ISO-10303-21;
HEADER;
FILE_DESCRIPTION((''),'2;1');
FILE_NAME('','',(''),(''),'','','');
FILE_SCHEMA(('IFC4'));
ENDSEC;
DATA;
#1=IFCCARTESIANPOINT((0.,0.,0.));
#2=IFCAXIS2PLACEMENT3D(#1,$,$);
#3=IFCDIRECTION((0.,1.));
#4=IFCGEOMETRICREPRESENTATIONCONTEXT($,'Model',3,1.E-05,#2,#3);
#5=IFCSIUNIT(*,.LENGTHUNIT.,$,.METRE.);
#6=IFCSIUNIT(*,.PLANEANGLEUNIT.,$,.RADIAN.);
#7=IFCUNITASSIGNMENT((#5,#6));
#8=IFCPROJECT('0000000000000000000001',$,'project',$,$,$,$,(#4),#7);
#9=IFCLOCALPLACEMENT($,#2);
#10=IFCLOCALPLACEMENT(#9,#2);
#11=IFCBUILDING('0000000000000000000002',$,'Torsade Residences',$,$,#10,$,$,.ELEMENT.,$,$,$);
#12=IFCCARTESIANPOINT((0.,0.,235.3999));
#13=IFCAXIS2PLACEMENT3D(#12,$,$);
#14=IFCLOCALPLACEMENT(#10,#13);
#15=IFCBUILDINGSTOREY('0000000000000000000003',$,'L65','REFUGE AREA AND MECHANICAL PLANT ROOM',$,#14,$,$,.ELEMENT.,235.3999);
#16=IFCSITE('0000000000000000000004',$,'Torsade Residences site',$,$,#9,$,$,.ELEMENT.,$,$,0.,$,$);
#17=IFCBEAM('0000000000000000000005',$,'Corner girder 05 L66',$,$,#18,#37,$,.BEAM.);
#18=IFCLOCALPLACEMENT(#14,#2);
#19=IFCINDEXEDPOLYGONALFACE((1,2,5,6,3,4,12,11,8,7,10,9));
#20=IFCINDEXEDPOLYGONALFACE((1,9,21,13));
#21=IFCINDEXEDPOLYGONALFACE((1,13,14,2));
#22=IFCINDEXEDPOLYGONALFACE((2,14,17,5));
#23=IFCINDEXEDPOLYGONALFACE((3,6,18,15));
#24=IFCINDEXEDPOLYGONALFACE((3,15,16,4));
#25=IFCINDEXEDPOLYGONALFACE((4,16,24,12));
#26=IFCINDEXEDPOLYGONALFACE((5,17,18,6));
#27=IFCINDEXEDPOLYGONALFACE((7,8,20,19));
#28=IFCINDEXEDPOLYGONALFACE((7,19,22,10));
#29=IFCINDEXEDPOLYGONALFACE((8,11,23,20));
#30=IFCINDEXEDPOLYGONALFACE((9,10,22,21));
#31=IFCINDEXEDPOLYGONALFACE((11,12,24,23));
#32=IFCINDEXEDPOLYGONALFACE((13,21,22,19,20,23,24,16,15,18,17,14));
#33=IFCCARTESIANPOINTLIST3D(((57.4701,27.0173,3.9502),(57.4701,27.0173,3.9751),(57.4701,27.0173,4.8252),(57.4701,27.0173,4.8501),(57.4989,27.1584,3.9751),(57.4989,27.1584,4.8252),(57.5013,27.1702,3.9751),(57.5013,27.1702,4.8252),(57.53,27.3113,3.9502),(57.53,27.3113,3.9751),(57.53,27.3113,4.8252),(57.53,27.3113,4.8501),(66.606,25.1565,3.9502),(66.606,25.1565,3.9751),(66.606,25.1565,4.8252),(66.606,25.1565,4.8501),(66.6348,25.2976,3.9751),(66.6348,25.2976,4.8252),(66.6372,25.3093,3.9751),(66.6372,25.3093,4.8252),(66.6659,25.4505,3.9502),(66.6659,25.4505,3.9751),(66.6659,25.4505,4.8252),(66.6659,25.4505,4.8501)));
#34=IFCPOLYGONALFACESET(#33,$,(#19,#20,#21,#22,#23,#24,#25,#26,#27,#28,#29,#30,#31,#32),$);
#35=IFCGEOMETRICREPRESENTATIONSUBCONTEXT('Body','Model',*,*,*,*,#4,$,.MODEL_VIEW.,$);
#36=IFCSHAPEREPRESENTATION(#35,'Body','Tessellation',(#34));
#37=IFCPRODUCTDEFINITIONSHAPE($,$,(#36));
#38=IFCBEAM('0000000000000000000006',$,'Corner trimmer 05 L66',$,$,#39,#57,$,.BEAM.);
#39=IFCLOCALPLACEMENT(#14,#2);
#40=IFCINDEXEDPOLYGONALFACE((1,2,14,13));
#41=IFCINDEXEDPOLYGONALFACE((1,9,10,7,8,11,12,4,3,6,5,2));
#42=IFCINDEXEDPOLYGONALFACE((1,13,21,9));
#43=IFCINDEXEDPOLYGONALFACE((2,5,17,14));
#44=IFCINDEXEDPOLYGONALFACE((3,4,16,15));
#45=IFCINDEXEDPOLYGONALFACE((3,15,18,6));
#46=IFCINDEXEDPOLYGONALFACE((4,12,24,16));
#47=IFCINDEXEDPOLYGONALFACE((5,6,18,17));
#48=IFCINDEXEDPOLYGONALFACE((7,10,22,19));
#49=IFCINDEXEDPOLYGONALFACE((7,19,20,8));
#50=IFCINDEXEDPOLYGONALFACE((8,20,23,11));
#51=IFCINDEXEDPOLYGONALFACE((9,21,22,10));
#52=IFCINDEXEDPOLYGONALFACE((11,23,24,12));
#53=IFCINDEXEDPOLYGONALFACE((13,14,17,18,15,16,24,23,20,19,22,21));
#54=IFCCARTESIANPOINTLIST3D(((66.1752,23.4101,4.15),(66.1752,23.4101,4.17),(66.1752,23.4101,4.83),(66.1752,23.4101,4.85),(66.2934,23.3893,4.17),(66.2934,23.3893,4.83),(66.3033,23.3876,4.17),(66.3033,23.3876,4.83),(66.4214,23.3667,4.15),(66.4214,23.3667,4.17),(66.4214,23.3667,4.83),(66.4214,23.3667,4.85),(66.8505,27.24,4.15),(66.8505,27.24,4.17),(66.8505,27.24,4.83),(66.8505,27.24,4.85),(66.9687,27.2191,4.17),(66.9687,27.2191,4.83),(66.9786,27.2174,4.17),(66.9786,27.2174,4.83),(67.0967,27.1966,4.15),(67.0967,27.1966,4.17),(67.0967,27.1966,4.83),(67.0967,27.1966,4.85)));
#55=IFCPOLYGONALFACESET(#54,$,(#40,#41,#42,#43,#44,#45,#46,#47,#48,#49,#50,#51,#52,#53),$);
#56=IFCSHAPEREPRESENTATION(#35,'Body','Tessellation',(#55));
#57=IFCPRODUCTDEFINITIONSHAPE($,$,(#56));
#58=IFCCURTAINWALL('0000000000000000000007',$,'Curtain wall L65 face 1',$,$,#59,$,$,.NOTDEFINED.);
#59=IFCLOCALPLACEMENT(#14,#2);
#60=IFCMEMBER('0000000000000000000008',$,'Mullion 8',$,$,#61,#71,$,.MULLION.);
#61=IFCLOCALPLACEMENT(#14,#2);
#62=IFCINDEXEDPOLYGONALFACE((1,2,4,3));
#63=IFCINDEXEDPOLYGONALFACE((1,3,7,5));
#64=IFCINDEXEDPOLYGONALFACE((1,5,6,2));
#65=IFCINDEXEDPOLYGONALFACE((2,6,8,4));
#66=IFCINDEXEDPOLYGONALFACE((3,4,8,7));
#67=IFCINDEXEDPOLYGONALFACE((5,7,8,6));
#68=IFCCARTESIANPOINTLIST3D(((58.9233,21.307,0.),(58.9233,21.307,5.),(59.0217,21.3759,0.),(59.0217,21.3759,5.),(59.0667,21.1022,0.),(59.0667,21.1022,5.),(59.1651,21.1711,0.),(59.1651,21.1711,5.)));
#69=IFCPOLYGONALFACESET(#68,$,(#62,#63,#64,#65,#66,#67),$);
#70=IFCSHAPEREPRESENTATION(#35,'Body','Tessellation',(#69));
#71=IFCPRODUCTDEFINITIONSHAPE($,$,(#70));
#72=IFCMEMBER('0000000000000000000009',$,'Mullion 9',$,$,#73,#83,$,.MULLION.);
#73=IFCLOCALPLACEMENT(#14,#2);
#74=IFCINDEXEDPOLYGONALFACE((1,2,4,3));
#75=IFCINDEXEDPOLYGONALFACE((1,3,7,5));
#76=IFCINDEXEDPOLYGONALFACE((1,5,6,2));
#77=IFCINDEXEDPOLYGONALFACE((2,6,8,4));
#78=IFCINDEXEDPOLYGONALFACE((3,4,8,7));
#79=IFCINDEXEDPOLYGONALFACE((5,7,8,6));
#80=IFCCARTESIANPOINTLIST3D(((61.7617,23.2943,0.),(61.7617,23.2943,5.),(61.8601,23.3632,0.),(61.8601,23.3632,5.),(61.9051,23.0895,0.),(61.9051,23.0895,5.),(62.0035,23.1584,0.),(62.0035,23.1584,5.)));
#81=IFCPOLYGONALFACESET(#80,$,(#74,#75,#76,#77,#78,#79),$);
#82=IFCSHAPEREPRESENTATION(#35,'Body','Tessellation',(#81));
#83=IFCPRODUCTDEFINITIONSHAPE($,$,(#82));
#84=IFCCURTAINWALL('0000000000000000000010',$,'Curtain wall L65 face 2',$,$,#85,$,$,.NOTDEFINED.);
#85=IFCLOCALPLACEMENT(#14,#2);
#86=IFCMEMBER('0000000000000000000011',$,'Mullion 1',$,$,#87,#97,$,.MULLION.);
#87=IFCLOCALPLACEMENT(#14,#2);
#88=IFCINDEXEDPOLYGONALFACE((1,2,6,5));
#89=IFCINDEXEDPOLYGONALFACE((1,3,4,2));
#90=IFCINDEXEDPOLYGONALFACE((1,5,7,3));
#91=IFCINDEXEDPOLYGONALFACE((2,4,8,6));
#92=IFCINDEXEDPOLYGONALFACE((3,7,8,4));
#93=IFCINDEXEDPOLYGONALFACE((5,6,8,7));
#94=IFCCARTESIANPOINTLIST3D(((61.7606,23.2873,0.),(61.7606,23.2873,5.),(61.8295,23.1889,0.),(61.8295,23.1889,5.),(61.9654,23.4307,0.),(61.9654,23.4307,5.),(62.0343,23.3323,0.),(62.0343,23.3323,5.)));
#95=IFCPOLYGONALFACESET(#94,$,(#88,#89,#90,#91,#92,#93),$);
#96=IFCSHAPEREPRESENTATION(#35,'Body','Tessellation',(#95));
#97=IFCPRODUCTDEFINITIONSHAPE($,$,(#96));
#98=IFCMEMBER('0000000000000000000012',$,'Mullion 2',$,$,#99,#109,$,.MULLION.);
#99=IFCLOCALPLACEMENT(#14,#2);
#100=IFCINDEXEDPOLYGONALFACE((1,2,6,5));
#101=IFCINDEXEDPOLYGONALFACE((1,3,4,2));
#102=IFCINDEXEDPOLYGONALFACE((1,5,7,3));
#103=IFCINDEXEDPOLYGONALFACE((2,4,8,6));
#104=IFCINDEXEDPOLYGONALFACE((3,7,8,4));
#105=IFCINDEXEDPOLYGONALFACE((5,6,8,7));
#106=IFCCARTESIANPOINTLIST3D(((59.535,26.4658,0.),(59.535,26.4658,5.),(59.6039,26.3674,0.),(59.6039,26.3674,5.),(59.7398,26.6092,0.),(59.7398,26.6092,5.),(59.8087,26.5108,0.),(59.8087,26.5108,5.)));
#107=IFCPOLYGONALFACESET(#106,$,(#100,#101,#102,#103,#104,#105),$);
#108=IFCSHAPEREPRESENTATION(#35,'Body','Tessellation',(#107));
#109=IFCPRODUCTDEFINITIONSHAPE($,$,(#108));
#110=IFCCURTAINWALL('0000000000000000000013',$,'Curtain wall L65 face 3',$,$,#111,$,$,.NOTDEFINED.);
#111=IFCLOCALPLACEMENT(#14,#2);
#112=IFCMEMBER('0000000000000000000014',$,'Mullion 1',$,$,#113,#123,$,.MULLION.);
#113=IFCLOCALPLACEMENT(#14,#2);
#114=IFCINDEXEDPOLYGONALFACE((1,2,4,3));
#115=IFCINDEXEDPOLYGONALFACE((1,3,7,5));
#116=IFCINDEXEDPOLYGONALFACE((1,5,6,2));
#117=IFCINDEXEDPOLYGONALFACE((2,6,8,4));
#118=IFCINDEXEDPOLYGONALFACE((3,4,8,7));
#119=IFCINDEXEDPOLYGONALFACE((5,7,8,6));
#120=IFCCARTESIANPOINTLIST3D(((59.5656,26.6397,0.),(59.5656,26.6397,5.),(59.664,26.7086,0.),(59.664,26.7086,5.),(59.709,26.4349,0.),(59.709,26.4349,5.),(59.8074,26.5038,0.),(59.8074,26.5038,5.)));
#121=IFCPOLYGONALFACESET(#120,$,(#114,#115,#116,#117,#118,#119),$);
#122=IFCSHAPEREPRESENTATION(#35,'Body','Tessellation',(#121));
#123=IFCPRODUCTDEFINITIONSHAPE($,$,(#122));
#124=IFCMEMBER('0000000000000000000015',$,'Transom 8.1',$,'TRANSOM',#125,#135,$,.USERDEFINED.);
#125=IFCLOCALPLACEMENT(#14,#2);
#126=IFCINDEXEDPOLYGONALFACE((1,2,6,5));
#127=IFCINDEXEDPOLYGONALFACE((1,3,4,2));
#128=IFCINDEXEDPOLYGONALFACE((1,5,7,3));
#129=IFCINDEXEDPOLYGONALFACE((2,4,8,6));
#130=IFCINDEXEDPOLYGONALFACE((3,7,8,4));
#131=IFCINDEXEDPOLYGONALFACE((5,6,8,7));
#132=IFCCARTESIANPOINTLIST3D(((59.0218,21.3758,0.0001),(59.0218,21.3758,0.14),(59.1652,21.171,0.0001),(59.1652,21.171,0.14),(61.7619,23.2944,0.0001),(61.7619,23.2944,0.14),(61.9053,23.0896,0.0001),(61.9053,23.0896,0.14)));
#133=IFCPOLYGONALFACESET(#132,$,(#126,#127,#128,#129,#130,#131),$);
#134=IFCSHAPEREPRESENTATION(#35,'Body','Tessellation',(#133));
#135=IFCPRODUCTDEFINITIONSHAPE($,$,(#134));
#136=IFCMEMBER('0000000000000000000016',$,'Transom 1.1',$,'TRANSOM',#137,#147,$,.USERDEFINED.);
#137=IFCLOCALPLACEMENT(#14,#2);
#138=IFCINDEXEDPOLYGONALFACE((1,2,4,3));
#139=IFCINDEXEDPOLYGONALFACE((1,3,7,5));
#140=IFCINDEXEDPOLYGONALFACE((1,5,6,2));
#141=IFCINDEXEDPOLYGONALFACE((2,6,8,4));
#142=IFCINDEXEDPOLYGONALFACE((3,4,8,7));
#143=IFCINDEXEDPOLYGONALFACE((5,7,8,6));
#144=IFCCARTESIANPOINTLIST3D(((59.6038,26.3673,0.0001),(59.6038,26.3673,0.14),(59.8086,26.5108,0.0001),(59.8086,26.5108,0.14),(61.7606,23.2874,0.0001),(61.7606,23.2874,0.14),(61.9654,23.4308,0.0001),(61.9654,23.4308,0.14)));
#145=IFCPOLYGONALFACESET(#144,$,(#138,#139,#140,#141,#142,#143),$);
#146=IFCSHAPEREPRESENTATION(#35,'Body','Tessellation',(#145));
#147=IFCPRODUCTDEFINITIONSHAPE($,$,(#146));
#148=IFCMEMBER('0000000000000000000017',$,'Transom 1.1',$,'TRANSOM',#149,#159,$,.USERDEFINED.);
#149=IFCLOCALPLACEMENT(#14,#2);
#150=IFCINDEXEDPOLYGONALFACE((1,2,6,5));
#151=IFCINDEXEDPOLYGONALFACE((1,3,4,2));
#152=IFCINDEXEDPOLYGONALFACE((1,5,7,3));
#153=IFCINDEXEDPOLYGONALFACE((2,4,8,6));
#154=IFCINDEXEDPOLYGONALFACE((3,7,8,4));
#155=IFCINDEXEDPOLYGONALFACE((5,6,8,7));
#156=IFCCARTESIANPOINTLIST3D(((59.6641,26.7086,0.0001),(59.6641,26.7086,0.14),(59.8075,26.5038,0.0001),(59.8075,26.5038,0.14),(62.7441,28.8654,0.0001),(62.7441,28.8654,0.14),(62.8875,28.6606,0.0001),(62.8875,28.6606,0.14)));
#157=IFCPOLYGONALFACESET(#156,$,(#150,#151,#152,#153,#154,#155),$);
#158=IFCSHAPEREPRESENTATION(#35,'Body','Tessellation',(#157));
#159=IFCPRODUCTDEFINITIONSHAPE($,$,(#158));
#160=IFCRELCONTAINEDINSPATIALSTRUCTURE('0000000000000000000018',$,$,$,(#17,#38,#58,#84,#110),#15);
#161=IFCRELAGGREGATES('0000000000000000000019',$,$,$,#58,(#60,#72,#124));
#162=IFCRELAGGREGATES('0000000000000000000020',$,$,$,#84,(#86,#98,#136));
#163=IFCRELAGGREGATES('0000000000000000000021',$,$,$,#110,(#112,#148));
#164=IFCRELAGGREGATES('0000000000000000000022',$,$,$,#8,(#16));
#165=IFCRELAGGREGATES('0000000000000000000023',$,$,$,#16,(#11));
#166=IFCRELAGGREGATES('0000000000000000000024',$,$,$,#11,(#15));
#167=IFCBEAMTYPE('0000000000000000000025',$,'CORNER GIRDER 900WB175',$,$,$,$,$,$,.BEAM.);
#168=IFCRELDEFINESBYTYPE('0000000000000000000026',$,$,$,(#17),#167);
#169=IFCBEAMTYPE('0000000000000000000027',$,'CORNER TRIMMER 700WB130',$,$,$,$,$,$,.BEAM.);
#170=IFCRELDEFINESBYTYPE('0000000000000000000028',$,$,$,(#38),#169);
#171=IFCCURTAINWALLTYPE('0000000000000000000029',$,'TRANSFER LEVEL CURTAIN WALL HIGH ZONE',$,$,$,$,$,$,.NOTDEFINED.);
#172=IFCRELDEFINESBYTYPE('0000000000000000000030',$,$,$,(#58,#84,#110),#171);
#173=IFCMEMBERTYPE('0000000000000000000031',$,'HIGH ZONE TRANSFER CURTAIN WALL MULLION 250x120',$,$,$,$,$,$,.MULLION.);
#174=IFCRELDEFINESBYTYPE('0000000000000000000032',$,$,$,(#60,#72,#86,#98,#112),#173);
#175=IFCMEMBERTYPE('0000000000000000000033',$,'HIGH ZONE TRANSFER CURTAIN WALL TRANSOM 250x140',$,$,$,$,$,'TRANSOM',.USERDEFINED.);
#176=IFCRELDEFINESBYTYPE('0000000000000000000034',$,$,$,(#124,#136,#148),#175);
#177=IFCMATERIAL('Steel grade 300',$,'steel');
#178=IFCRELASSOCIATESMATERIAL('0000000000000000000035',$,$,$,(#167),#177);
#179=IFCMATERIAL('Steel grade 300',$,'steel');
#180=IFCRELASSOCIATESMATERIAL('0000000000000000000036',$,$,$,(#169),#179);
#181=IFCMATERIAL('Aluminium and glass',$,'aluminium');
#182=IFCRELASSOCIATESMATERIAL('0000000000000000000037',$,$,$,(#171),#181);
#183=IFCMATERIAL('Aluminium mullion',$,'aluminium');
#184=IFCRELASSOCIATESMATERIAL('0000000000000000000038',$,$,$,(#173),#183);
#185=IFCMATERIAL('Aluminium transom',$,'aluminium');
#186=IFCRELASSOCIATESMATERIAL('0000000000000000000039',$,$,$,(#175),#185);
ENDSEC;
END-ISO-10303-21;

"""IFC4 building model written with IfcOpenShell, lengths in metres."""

from ifc_helpers import new_model, si_unit, direction, frame, origin, origin_2d, place, context, subcontext, project, spatial, rectangle, i_section, extrude, material, material_profile, profile_set, type_object, element, aggregate, save


model = new_model("IFC4")

# Units and contexts
model_context = context("Model", 3, precision=1e-05, world=origin(), true_north=direction((0.0, 1.0)))
body_context = subcontext(model_context, "Body", "Model", "MODEL_VIEW")
ifc_project = project(units=[si_unit("LENGTHUNIT", "METRE"), si_unit("PLANEANGLEUNIT", "RADIAN")], contexts=[model_context])

# Site, building, storey
site_placement = place(None, origin())
site = spatial("IfcSite", under=ifc_project, at=site_placement, Name="Torsade Residences site", CompositionType="ELEMENT", RefElevation=0.0)
building_placement = place(site_placement, origin())
building = spatial("IfcBuilding", under=site, at=building_placement, Name="Torsade Residences", CompositionType="ELEMENT")
storey_placement = place(building_placement, frame((0.0, 0.0, 235.3999)))
storey = spatial("IfcBuildingStorey", under=building, at=storey_placement, Name="L65", Description="REFUGE AREA AND MECHANICAL PLANT ROOM", CompositionType="ELEMENT", Elevation=235.3999)

# Beams
ifc_material_1 = material(Name="Steel grade 300", Category="steel")
ifc_material_profile_1 = material_profile(ifc_material_1, i_section(OverallWidth=0.3, OverallDepth=0.8999, WebThickness=0.012, FlangeThickness=0.0249, at=origin_2d()), Name="900WB175")
ifc_profile_set_1 = profile_set([ifc_material_profile_1], Name="Steel grade 300")
beam_type_1 = type_object("IfcBeamType", Name="CORNER GIRDER 900WB175", PredefinedType="BEAM", material=ifc_profile_set_1)
beam_1_placement = place(storey_placement, frame((66.636, 25.3035, 4.4001), z_axis=(-0.979881, 0.199584, 0.0), x_axis=(-0.199584, -0.979881, 0.0)))
element("IfcBeam", 1, at=beam_1_placement, inside=storey, type_object=beam_type_1, Name="Corner girder 05 L66", PredefinedType="BEAM", context=body_context, shape_type="SweptSolid", body=[
    extrude(i_section(OverallWidth=0.3, OverallDepth=0.8999, WebThickness=0.012, FlangeThickness=0.0249, at=origin_2d()), origin(), (0.0, 0.0, 1.0), 9.3235),
])
ifc_material_2 = material(Name="Steel grade 300", Category="steel")
ifc_material_profile_2 = material_profile(ifc_material_2, i_section(OverallWidth=0.25, OverallDepth=0.7, WebThickness=0.01, FlangeThickness=0.02, at=origin_2d()), Name="700WB130")
ifc_profile_set_2 = profile_set([ifc_material_profile_2], Name="Steel grade 300")
beam_type_2 = type_object("IfcBeamType", Name="CORNER TRIMMER 700WB130", PredefinedType="BEAM", material=ifc_profile_set_2)
beam_2_placement = place(storey_placement, frame((66.9736, 27.2183, 4.5), z_axis=(-0.173646, -0.984808, 0.0), x_axis=(0.984808, -0.173646, 0.0)))
element("IfcBeam", 2, at=beam_2_placement, inside=storey, type_object=beam_type_2, Name="Corner trimmer 05 L66", PredefinedType="BEAM", context=body_context, shape_type="SweptSolid", body=[
    extrude(i_section(OverallWidth=0.25, OverallDepth=0.7, WebThickness=0.01, FlangeThickness=0.02, at=origin_2d()), origin(), (0.0, 0.0, 1.0), 3.8889),
])

# Curtain walls, members
ifc_material_3 = material(Name="Aluminium and glass", Category="aluminium")
curtain_wall_type = type_object("IfcCurtainWallType", Name="TRANSFER LEVEL CURTAIN WALL HIGH ZONE", PredefinedType="NOTDEFINED", material=ifc_material_3)
curtain_wall_1_placement = place(storey_placement, origin())
curtain_wall_1 = element("IfcCurtainWall", 3, at=curtain_wall_1_placement, inside=storey, type_object=curtain_wall_type, Name="Curtain wall L65 face 1", PredefinedType="NOTDEFINED")
ifc_material_4 = material(Name="Aluminium mullion", Category="aluminium")
ifc_material_profile_3 = material_profile(ifc_material_4, rectangle(XDim=0.25, YDim=0.1201, at=origin_2d()), Name="HIGH ZONE TRANSFER CURTAIN WALL MULLION 250x120")
ifc_profile_set_3 = profile_set([ifc_material_profile_3], Name="Aluminium mullion")
member_type_1 = type_object("IfcMemberType", Name="HIGH ZONE TRANSFER CURTAIN WALL MULLION 250x120", PredefinedType="MULLION", material=ifc_profile_set_3)
member_1_placement = place(storey_placement, frame((59.0442, 21.239, 0.0), z_axis=(0.0, 0.0, 1.0), x_axis=(-0.573576, 0.819152, 0.0)))
member_1 = element("IfcMember", 4, at=member_1_placement, type_object=member_type_1, Name="Mullion 8", PredefinedType="MULLION", context=body_context, shape_type="SweptSolid", body=[
    extrude(rectangle(XDim=0.25, YDim=0.1201, at=origin_2d()), origin(), (0.0, 0.0, 1.0), 5.0),
])
member_2_placement = place(storey_placement, frame((61.8826, 23.2263, 0.0), z_axis=(0.0, 0.0, 1.0), x_axis=(-0.573576, 0.819152, 0.0)))
member_2 = element("IfcMember", 5, at=member_2_placement, type_object=member_type_1, Name="Mullion 9", PredefinedType="MULLION", context=body_context, shape_type="SweptSolid", body=[
    extrude(rectangle(XDim=0.25, YDim=0.1201, at=origin_2d()), origin(), (0.0, 0.0, 1.0), 5.0),
])
curtain_wall_2_placement = place(storey_placement, origin())
curtain_wall_2 = element("IfcCurtainWall", 6, at=curtain_wall_2_placement, inside=storey, type_object=curtain_wall_type, Name="Curtain wall L65 face 2", PredefinedType="NOTDEFINED")
member_3_placement = place(storey_placement, frame((61.8975, 23.3098, 0.0), z_axis=(0.0, 0.0, 1.0), x_axis=(-0.819152, -0.573576, 0.0)))
member_3 = element("IfcMember", 7, at=member_3_placement, type_object=member_type_1, Name="Mullion 1", PredefinedType="MULLION", context=body_context, shape_type="SweptSolid", body=[
    extrude(rectangle(XDim=0.25, YDim=0.1201, at=origin_2d()), origin(), (0.0, 0.0, 1.0), 5.0),
])
member_4_placement = place(storey_placement, frame((59.6719, 26.4883, 0.0), z_axis=(0.0, 0.0, 1.0), x_axis=(-0.819152, -0.573576, 0.0)))
member_4 = element("IfcMember", 8, at=member_4_placement, type_object=member_type_1, Name="Mullion 2", PredefinedType="MULLION", context=body_context, shape_type="SweptSolid", body=[
    extrude(rectangle(XDim=0.25, YDim=0.1201, at=origin_2d()), origin(), (0.0, 0.0, 1.0), 5.0),
])

# Curtain wall, member
curtain_wall_3_placement = place(storey_placement, origin())
curtain_wall_3 = element("IfcCurtainWall", 9, at=curtain_wall_3_placement, inside=storey, type_object=curtain_wall_type, Name="Curtain wall L65 face 3", PredefinedType="NOTDEFINED")
member_5_placement = place(storey_placement, frame((59.6865, 26.5718, 0.0), z_axis=(0.0, 0.0, 1.0), x_axis=(-0.573576, 0.819152, 0.0)))
member_5 = element("IfcMember", 10, at=member_5_placement, type_object=member_type_1, Name="Mullion 1", PredefinedType="MULLION", context=body_context, shape_type="SweptSolid", body=[
    extrude(rectangle(XDim=0.25, YDim=0.1201, at=origin_2d()), origin(), (0.0, 0.0, 1.0), 5.0),
])

# Members
ifc_material_5 = material(Name="Aluminium transom", Category="aluminium")
ifc_material_profile_4 = material_profile(ifc_material_5, rectangle(XDim=0.25, YDim=0.1399, at=origin_2d()), Name="HIGH ZONE TRANSFER CURTAIN WALL TRANSOM 250x140")
ifc_profile_set_4 = profile_set([ifc_material_profile_4], Name="Aluminium transom")
member_type_2 = type_object("IfcMemberType", Name="HIGH ZONE TRANSFER CURTAIN WALL TRANSOM 250x140", ElementType="TRANSOM", PredefinedType="USERDEFINED", material=ifc_profile_set_4)
member_6_placement = place(storey_placement, frame((59.0935, 21.2734, 0.0701), z_axis=(0.819167, 0.573555, 0.0), x_axis=(-0.573555, 0.819167, 0.0)))
member_6 = element("IfcMember", 11, at=member_6_placement, type_object=member_type_2, Name="Transom 8.1", ObjectType="TRANSOM", PredefinedType="USERDEFINED", context=body_context, shape_type="SweptSolid", body=[
    extrude(rectangle(XDim=0.25, YDim=0.1399, at=origin_2d()), origin(), (0.0, 0.0, 1.0), 3.345),
])
member_7_placement = place(storey_placement, frame((61.863, 23.3591, 0.0701), z_axis=(-0.573615, 0.819125, 0.0), x_axis=(-0.819125, -0.573615, 0.0)))
member_7 = element("IfcMember", 12, at=member_7_placement, type_object=member_type_2, Name="Transom 1.1", ObjectType="TRANSOM", PredefinedType="USERDEFINED", context=body_context, shape_type="SweptSolid", body=[
    extrude(rectangle(XDim=0.25, YDim=0.1399, at=origin_2d()), origin(), (0.0, 0.0, 1.0), 3.76),
])
member_8_placement = place(storey_placement, frame((59.7358, 26.6062, 0.0701), z_axis=(0.819125, 0.573615, 0.0), x_axis=(-0.573615, 0.819125, 0.0)))
member_8 = element("IfcMember", 13, at=member_8_placement, type_object=member_type_2, Name="Transom 1.1", ObjectType="TRANSOM", PredefinedType="USERDEFINED", context=body_context, shape_type="SweptSolid", body=[
    extrude(rectangle(XDim=0.25, YDim=0.1399, at=origin_2d()), origin(), (0.0, 0.0, 1.0), 3.76),
])

aggregate(curtain_wall_1, [member_1, member_2, member_6])
aggregate(curtain_wall_2, [member_3, member_4, member_7])
aggregate(curtain_wall_3, [member_5, member_8])

save(model, "model.ifc")
